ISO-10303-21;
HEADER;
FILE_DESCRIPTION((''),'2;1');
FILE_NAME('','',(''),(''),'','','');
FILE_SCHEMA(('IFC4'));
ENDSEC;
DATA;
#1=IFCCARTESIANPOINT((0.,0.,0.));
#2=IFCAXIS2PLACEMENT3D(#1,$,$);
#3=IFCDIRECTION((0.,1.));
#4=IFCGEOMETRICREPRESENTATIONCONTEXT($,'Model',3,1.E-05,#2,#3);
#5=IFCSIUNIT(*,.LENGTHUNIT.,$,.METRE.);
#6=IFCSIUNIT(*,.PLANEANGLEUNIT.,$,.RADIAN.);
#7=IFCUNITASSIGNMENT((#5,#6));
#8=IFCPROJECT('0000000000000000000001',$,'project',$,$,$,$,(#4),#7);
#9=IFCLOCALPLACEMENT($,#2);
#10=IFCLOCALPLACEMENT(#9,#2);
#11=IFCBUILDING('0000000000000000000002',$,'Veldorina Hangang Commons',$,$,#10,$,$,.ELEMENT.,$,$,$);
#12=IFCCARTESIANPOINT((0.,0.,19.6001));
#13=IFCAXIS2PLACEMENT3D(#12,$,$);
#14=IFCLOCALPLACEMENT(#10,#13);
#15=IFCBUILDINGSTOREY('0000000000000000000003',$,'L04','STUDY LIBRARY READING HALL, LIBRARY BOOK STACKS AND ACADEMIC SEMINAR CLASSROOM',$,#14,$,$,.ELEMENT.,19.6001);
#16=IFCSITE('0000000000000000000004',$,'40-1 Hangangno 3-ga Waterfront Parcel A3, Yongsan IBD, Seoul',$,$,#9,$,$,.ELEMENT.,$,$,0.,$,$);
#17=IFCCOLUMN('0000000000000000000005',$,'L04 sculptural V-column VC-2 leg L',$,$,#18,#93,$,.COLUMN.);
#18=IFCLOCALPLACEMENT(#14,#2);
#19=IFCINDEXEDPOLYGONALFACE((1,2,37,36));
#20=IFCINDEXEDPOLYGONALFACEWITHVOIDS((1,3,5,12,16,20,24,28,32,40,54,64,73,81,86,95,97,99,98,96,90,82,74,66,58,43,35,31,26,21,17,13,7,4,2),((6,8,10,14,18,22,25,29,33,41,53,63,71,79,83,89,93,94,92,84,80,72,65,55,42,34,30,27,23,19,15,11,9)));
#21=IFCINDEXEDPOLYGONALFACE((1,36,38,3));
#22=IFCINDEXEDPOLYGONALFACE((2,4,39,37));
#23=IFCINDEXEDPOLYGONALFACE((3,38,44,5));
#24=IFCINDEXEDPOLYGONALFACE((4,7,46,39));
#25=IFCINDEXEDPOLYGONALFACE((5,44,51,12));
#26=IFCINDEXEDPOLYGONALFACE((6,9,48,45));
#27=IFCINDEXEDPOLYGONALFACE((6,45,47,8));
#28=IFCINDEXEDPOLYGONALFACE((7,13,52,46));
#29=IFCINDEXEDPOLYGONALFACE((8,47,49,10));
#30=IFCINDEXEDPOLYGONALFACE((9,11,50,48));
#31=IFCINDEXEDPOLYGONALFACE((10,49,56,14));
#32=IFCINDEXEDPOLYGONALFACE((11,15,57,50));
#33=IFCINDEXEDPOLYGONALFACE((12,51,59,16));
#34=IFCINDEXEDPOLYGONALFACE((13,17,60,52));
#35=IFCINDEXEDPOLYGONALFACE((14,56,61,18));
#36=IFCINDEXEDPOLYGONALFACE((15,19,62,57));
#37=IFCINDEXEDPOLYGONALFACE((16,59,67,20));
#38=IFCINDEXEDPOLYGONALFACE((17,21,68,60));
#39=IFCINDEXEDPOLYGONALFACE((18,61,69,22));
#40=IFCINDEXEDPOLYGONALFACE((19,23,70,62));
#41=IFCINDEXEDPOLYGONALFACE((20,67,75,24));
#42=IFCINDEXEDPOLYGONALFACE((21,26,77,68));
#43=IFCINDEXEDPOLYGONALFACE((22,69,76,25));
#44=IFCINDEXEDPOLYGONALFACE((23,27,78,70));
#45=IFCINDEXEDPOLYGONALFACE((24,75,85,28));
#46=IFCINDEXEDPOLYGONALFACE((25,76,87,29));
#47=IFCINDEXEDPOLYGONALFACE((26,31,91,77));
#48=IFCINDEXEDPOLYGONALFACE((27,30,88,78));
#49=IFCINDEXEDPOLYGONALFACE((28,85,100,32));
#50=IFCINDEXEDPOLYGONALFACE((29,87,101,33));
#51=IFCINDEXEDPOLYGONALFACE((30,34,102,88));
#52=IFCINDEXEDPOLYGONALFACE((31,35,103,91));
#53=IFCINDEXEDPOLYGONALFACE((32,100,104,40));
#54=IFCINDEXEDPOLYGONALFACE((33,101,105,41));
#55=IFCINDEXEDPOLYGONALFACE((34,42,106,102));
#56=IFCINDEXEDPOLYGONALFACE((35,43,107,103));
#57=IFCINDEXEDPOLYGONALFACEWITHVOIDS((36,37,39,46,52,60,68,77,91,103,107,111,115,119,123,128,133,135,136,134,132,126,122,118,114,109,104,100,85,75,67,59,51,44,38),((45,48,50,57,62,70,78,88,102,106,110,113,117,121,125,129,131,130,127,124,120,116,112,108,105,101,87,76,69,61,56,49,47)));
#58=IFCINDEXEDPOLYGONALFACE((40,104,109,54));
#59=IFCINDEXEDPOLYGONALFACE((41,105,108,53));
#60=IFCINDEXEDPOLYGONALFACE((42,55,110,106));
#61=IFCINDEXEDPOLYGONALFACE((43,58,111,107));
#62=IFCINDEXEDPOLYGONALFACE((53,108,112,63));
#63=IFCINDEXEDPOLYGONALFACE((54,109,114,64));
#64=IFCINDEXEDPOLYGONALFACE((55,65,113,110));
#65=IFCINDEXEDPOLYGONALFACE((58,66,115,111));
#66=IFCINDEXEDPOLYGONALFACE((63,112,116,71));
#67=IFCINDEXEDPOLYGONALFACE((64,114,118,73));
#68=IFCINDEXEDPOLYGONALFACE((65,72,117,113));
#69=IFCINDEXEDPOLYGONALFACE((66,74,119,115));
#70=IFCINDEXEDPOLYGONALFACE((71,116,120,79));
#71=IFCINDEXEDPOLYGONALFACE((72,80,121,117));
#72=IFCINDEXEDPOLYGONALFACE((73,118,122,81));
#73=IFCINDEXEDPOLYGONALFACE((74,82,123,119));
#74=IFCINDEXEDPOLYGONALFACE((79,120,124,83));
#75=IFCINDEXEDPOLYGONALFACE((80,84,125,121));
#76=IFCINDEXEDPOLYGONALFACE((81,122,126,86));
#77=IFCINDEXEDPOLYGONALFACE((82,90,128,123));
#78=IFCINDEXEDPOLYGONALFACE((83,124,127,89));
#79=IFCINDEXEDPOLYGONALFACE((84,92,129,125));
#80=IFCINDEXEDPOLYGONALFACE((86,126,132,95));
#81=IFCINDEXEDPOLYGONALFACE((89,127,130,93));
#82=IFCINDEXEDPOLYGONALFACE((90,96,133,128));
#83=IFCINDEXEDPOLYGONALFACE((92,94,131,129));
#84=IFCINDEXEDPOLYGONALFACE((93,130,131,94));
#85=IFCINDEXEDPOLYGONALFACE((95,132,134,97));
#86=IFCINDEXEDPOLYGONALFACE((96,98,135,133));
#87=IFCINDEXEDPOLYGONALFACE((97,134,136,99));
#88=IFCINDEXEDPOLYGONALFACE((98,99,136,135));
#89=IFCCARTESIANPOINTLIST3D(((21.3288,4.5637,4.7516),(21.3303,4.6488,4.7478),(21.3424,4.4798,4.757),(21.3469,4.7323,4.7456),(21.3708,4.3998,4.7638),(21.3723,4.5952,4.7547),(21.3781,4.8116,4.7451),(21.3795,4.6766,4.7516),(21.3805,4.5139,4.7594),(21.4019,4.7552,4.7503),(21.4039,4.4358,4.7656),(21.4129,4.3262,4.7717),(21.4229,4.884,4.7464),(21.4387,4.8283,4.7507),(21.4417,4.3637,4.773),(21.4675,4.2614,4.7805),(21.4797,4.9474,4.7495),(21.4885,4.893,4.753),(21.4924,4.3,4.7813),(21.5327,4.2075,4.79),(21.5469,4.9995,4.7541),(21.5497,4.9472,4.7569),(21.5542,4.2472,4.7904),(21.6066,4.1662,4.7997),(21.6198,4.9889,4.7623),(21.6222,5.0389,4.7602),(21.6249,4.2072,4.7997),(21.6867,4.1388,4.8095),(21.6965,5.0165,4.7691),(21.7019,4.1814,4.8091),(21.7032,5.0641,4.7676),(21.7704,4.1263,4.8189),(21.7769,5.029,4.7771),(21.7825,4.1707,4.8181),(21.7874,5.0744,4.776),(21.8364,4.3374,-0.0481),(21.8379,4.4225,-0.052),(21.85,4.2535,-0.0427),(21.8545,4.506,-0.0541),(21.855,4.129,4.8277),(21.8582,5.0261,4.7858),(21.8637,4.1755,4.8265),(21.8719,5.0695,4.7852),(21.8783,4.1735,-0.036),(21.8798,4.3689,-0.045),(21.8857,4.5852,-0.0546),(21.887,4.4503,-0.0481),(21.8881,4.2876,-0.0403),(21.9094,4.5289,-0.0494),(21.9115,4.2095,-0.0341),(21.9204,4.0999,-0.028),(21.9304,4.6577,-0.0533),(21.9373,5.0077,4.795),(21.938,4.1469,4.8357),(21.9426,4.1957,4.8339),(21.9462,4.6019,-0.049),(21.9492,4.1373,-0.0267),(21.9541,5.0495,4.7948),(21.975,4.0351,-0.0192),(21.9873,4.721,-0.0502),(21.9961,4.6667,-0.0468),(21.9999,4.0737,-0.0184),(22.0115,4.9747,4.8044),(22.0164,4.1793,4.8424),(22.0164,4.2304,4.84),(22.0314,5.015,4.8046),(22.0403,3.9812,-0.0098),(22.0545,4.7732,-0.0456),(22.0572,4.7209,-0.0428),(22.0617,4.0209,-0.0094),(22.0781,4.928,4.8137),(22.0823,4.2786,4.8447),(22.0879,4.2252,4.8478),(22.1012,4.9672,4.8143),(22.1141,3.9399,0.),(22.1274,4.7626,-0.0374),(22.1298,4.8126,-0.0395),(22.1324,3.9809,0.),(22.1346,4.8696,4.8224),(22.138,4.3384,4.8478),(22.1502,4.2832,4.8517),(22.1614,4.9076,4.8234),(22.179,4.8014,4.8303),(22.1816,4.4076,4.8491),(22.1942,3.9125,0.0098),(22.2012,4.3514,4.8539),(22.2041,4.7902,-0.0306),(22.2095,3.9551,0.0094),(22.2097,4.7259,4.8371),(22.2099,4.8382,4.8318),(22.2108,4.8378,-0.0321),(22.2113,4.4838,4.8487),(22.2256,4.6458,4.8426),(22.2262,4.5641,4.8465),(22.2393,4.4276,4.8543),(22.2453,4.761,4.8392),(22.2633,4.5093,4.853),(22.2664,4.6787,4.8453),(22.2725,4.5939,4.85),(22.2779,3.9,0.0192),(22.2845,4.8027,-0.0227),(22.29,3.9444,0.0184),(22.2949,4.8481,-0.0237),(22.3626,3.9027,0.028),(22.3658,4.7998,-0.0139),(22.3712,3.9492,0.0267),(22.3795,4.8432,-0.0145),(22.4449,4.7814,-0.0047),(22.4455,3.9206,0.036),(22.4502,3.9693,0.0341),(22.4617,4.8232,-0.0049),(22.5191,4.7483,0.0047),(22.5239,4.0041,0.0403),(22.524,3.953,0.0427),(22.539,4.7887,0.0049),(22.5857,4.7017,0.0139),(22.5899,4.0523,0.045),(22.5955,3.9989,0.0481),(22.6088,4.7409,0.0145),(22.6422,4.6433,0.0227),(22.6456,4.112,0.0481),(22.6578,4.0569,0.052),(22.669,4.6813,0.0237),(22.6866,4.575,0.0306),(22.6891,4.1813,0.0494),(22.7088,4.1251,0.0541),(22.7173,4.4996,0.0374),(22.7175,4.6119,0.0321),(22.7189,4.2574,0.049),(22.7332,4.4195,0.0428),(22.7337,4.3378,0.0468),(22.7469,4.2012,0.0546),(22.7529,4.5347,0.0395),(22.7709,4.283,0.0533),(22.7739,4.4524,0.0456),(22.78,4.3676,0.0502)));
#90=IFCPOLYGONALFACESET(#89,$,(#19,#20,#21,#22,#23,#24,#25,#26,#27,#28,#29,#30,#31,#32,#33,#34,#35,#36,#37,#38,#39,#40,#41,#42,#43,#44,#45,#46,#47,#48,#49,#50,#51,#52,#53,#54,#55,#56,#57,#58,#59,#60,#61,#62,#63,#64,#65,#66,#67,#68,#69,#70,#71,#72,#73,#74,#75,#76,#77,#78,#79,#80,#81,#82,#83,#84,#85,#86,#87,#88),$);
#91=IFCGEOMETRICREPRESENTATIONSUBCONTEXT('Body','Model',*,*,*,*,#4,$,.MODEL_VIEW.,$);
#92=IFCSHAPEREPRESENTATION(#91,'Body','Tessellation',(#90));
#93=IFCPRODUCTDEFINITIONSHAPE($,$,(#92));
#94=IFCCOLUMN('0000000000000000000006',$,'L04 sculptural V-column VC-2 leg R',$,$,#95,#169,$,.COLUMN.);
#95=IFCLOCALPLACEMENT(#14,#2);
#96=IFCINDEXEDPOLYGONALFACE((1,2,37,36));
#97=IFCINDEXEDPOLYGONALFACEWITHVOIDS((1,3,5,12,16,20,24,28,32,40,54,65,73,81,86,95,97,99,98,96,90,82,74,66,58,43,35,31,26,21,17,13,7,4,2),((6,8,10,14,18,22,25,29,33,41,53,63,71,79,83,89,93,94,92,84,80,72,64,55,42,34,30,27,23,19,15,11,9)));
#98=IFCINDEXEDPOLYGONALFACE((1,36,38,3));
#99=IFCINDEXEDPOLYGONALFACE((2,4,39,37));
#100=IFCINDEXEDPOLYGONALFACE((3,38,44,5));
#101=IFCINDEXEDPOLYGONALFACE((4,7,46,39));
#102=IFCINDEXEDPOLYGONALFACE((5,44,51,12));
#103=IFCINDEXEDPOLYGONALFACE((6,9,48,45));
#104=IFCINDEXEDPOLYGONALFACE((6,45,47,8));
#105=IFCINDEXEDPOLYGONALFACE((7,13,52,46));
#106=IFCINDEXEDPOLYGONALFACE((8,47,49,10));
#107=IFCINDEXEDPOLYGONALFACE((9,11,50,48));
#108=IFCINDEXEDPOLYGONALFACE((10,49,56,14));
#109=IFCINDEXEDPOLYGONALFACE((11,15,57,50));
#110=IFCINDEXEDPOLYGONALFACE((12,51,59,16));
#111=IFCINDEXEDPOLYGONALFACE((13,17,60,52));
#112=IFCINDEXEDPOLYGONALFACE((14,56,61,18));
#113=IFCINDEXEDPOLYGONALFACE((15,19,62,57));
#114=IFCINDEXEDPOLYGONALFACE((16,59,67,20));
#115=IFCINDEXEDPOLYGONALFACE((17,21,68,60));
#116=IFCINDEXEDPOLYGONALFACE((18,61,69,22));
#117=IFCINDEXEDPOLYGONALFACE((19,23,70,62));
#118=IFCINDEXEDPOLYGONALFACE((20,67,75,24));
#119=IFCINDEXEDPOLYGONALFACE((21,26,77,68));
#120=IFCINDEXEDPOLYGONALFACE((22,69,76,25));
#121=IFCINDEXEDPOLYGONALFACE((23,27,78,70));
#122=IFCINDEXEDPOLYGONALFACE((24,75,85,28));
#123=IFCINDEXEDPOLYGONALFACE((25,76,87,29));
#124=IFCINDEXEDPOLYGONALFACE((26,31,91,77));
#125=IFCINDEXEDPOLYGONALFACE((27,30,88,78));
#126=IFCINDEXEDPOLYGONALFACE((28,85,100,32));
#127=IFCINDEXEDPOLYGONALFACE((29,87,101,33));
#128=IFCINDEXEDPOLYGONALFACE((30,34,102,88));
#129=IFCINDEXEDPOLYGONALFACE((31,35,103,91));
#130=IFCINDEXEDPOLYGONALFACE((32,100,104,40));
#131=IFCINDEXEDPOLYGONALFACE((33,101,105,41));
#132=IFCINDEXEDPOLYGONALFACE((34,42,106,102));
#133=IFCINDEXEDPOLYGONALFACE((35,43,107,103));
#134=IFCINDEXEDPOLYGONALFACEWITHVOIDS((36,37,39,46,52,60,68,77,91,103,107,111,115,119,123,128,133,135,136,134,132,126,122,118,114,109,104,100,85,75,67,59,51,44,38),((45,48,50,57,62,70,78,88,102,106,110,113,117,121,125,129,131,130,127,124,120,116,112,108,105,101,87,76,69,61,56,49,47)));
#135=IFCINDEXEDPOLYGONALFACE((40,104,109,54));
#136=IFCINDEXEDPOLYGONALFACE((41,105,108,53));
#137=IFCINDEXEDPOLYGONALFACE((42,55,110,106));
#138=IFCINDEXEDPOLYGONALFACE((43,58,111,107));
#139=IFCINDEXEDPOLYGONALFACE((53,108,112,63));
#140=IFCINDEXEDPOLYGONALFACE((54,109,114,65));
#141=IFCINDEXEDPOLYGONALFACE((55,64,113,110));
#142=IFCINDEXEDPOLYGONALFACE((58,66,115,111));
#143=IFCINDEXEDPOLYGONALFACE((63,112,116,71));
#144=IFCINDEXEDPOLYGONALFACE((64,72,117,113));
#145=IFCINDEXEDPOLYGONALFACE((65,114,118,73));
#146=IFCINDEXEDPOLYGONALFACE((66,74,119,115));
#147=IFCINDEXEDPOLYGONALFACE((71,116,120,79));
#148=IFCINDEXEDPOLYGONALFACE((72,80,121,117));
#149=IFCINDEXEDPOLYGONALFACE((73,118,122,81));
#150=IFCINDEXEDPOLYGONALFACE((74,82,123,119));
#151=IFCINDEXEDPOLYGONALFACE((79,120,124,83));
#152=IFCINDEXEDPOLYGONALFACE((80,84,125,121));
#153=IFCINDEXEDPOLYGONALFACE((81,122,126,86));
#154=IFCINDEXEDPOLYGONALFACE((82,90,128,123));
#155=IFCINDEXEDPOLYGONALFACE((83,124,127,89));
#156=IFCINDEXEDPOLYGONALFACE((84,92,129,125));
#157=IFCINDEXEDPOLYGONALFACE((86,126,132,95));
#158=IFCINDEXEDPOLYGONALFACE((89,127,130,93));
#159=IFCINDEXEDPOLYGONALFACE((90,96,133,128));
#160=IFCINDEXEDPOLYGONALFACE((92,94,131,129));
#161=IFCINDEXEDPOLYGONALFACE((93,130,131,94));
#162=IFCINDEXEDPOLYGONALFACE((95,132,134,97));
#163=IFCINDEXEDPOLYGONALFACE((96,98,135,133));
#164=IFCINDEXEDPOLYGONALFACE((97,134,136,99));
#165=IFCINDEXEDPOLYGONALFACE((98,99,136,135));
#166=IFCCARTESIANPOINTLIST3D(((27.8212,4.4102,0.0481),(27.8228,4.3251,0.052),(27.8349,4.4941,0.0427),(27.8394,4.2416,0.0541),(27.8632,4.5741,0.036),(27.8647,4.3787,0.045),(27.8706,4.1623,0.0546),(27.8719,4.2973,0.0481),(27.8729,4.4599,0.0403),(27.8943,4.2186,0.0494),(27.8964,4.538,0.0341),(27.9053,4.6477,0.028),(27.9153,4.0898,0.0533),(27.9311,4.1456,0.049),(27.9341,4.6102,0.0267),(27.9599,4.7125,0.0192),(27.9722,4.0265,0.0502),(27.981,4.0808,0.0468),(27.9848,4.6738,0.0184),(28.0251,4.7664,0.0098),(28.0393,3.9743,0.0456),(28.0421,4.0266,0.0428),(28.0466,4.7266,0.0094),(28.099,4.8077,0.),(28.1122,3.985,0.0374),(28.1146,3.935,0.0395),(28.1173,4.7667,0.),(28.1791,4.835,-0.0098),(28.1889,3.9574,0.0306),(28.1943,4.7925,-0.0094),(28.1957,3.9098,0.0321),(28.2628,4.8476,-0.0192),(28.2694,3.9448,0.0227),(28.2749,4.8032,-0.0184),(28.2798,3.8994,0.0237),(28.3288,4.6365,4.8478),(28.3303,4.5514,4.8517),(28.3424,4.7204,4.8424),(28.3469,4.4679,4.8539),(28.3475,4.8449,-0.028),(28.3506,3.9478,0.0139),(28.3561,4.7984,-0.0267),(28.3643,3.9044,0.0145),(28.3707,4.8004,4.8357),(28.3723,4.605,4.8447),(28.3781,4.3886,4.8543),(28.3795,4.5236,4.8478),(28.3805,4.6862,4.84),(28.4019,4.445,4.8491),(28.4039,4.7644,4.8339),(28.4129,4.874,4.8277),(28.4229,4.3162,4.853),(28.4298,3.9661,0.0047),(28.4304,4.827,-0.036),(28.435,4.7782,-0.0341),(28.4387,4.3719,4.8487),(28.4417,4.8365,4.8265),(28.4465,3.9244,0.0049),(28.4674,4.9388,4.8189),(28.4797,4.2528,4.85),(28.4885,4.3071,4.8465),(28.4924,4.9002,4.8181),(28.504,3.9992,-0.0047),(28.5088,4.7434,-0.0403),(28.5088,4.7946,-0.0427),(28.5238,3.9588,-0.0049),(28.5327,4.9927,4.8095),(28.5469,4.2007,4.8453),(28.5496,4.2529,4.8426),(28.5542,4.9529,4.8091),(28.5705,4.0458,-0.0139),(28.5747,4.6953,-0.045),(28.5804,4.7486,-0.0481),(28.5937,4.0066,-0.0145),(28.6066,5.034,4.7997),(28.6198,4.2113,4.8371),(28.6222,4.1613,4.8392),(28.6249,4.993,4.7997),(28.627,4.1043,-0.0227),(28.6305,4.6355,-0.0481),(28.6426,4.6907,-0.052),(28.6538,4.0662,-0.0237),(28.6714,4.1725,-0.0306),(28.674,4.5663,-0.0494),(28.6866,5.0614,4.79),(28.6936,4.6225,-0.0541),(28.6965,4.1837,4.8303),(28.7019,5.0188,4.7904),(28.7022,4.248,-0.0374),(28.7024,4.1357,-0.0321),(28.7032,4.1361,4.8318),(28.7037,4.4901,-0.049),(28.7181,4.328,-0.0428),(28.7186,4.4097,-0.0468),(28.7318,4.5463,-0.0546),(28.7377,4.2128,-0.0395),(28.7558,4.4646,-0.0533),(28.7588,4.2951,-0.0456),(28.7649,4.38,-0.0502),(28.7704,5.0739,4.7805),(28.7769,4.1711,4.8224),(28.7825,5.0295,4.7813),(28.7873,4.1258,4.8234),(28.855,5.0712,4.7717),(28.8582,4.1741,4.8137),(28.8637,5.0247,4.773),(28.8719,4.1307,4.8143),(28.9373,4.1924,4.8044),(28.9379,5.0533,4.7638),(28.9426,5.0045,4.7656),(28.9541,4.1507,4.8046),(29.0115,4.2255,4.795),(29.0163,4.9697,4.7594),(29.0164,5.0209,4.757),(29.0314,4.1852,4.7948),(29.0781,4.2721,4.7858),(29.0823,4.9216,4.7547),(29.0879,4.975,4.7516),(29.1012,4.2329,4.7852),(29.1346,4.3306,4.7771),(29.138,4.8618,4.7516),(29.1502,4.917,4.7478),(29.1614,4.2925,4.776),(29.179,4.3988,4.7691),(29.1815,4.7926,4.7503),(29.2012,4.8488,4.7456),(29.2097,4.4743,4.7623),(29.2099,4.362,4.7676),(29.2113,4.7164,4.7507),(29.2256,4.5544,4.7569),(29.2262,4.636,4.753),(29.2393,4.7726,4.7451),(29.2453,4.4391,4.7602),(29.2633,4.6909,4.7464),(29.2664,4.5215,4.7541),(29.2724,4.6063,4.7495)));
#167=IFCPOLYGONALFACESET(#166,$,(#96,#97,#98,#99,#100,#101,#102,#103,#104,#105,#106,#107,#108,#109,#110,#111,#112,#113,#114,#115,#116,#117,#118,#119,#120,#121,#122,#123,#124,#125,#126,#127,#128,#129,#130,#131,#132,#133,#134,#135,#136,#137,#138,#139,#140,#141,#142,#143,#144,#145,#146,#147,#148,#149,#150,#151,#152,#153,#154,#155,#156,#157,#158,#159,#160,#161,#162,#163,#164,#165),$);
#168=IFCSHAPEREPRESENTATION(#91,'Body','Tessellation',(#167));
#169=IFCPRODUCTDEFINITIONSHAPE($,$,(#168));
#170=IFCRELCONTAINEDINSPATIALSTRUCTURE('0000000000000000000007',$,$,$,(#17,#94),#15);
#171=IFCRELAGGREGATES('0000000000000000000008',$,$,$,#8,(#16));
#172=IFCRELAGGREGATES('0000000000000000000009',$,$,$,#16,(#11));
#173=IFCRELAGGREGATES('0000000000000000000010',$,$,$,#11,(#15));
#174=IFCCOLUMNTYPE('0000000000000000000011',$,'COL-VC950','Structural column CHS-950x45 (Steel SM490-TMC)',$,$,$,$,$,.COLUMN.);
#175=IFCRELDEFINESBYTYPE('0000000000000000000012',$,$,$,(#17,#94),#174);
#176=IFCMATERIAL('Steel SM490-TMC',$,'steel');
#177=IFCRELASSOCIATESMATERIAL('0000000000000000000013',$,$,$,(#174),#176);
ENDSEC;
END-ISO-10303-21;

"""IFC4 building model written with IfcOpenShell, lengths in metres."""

from ifc_helpers import new_model, si_unit, direction, frame, origin, origin_2d, place, context, subcontext, project, spatial, hollow_circle, extrude, material, material_profile, profile_set, type_object, element, save


model = new_model("IFC4")

# Units and contexts
model_context = context("Model", 3, precision=1e-05, world=origin(), true_north=direction((0.0, 1.0)))
body_context = subcontext(model_context, "Body", "Model", "MODEL_VIEW")
ifc_project = project(units=[si_unit("LENGTHUNIT", "METRE"), si_unit("PLANEANGLEUNIT", "RADIAN")], contexts=[model_context])

# Site, building, storey
site_placement = place(None, origin())
site = spatial("IfcSite", under=ifc_project, at=site_placement, Name="40-1 Hangangno 3-ga Waterfront Parcel A3, Yongsan IBD, Seoul", CompositionType="ELEMENT", RefElevation=0.0)
building_placement = place(site_placement, origin())
building = spatial("IfcBuilding", under=site, at=building_placement, Name="Veldorina Hangang Commons", CompositionType="ELEMENT")
storey_placement = place(building_placement, frame((0.0, 0.0, 19.6001)))
storey = spatial("IfcBuildingStorey", under=building, at=storey_placement, Name="L04", Description="STUDY LIBRARY READING HALL, LIBRARY BOOK STACKS AND ACADEMIC SEMINAR CLASSROOM", CompositionType="ELEMENT", Elevation=19.6001)

# Columns
ifc_material_1 = material(Name="Steel SM490-TMC", Category="steel")
ifc_material_profile_1 = material_profile(ifc_material_1, hollow_circle(Radius=0.4751, WallThickness=0.0449, at=origin_2d()), Name="CHS-950x45")
ifc_profile_set_1 = profile_set([ifc_material_profile_1], Name="Steel SM490-TMC")
column_type = type_object("IfcColumnType", Name="COL-VC950", Description="Structural column CHS-950x45 (Steel SM490-TMC)", PredefinedType="COLUMN", material=ifc_profile_set_1)
for number, where, z_axis, x_axis, name in (
    (1, (22.3076, 4.3738, 0.0), (-0.105046, 0.046839, 0.993364), (-0.407239, -0.913322, 0.0), "L04 sculptural V-column VC-2 leg L"),
    (2, (28.2925, 4.3738, 0.0), (0.105046, 0.046839, 0.993364), (-0.407239, 0.913322, 0.0), "L04 sculptural V-column VC-2 leg R"),
):
    element("IfcColumn", number, at=place(storey_placement, frame(where, z_axis=z_axis, x_axis=x_axis)), inside=storey, type_object=column_type, Name=name, PredefinedType="COLUMN", context=body_context, shape_type="SweptSolid", body=[
        extrude(hollow_circle(Radius=0.4751, WallThickness=0.0449, at=origin_2d()), origin(), (0.0, 0.0, 1.0), 4.8318),
    ])

save(model, "model.ifc")
